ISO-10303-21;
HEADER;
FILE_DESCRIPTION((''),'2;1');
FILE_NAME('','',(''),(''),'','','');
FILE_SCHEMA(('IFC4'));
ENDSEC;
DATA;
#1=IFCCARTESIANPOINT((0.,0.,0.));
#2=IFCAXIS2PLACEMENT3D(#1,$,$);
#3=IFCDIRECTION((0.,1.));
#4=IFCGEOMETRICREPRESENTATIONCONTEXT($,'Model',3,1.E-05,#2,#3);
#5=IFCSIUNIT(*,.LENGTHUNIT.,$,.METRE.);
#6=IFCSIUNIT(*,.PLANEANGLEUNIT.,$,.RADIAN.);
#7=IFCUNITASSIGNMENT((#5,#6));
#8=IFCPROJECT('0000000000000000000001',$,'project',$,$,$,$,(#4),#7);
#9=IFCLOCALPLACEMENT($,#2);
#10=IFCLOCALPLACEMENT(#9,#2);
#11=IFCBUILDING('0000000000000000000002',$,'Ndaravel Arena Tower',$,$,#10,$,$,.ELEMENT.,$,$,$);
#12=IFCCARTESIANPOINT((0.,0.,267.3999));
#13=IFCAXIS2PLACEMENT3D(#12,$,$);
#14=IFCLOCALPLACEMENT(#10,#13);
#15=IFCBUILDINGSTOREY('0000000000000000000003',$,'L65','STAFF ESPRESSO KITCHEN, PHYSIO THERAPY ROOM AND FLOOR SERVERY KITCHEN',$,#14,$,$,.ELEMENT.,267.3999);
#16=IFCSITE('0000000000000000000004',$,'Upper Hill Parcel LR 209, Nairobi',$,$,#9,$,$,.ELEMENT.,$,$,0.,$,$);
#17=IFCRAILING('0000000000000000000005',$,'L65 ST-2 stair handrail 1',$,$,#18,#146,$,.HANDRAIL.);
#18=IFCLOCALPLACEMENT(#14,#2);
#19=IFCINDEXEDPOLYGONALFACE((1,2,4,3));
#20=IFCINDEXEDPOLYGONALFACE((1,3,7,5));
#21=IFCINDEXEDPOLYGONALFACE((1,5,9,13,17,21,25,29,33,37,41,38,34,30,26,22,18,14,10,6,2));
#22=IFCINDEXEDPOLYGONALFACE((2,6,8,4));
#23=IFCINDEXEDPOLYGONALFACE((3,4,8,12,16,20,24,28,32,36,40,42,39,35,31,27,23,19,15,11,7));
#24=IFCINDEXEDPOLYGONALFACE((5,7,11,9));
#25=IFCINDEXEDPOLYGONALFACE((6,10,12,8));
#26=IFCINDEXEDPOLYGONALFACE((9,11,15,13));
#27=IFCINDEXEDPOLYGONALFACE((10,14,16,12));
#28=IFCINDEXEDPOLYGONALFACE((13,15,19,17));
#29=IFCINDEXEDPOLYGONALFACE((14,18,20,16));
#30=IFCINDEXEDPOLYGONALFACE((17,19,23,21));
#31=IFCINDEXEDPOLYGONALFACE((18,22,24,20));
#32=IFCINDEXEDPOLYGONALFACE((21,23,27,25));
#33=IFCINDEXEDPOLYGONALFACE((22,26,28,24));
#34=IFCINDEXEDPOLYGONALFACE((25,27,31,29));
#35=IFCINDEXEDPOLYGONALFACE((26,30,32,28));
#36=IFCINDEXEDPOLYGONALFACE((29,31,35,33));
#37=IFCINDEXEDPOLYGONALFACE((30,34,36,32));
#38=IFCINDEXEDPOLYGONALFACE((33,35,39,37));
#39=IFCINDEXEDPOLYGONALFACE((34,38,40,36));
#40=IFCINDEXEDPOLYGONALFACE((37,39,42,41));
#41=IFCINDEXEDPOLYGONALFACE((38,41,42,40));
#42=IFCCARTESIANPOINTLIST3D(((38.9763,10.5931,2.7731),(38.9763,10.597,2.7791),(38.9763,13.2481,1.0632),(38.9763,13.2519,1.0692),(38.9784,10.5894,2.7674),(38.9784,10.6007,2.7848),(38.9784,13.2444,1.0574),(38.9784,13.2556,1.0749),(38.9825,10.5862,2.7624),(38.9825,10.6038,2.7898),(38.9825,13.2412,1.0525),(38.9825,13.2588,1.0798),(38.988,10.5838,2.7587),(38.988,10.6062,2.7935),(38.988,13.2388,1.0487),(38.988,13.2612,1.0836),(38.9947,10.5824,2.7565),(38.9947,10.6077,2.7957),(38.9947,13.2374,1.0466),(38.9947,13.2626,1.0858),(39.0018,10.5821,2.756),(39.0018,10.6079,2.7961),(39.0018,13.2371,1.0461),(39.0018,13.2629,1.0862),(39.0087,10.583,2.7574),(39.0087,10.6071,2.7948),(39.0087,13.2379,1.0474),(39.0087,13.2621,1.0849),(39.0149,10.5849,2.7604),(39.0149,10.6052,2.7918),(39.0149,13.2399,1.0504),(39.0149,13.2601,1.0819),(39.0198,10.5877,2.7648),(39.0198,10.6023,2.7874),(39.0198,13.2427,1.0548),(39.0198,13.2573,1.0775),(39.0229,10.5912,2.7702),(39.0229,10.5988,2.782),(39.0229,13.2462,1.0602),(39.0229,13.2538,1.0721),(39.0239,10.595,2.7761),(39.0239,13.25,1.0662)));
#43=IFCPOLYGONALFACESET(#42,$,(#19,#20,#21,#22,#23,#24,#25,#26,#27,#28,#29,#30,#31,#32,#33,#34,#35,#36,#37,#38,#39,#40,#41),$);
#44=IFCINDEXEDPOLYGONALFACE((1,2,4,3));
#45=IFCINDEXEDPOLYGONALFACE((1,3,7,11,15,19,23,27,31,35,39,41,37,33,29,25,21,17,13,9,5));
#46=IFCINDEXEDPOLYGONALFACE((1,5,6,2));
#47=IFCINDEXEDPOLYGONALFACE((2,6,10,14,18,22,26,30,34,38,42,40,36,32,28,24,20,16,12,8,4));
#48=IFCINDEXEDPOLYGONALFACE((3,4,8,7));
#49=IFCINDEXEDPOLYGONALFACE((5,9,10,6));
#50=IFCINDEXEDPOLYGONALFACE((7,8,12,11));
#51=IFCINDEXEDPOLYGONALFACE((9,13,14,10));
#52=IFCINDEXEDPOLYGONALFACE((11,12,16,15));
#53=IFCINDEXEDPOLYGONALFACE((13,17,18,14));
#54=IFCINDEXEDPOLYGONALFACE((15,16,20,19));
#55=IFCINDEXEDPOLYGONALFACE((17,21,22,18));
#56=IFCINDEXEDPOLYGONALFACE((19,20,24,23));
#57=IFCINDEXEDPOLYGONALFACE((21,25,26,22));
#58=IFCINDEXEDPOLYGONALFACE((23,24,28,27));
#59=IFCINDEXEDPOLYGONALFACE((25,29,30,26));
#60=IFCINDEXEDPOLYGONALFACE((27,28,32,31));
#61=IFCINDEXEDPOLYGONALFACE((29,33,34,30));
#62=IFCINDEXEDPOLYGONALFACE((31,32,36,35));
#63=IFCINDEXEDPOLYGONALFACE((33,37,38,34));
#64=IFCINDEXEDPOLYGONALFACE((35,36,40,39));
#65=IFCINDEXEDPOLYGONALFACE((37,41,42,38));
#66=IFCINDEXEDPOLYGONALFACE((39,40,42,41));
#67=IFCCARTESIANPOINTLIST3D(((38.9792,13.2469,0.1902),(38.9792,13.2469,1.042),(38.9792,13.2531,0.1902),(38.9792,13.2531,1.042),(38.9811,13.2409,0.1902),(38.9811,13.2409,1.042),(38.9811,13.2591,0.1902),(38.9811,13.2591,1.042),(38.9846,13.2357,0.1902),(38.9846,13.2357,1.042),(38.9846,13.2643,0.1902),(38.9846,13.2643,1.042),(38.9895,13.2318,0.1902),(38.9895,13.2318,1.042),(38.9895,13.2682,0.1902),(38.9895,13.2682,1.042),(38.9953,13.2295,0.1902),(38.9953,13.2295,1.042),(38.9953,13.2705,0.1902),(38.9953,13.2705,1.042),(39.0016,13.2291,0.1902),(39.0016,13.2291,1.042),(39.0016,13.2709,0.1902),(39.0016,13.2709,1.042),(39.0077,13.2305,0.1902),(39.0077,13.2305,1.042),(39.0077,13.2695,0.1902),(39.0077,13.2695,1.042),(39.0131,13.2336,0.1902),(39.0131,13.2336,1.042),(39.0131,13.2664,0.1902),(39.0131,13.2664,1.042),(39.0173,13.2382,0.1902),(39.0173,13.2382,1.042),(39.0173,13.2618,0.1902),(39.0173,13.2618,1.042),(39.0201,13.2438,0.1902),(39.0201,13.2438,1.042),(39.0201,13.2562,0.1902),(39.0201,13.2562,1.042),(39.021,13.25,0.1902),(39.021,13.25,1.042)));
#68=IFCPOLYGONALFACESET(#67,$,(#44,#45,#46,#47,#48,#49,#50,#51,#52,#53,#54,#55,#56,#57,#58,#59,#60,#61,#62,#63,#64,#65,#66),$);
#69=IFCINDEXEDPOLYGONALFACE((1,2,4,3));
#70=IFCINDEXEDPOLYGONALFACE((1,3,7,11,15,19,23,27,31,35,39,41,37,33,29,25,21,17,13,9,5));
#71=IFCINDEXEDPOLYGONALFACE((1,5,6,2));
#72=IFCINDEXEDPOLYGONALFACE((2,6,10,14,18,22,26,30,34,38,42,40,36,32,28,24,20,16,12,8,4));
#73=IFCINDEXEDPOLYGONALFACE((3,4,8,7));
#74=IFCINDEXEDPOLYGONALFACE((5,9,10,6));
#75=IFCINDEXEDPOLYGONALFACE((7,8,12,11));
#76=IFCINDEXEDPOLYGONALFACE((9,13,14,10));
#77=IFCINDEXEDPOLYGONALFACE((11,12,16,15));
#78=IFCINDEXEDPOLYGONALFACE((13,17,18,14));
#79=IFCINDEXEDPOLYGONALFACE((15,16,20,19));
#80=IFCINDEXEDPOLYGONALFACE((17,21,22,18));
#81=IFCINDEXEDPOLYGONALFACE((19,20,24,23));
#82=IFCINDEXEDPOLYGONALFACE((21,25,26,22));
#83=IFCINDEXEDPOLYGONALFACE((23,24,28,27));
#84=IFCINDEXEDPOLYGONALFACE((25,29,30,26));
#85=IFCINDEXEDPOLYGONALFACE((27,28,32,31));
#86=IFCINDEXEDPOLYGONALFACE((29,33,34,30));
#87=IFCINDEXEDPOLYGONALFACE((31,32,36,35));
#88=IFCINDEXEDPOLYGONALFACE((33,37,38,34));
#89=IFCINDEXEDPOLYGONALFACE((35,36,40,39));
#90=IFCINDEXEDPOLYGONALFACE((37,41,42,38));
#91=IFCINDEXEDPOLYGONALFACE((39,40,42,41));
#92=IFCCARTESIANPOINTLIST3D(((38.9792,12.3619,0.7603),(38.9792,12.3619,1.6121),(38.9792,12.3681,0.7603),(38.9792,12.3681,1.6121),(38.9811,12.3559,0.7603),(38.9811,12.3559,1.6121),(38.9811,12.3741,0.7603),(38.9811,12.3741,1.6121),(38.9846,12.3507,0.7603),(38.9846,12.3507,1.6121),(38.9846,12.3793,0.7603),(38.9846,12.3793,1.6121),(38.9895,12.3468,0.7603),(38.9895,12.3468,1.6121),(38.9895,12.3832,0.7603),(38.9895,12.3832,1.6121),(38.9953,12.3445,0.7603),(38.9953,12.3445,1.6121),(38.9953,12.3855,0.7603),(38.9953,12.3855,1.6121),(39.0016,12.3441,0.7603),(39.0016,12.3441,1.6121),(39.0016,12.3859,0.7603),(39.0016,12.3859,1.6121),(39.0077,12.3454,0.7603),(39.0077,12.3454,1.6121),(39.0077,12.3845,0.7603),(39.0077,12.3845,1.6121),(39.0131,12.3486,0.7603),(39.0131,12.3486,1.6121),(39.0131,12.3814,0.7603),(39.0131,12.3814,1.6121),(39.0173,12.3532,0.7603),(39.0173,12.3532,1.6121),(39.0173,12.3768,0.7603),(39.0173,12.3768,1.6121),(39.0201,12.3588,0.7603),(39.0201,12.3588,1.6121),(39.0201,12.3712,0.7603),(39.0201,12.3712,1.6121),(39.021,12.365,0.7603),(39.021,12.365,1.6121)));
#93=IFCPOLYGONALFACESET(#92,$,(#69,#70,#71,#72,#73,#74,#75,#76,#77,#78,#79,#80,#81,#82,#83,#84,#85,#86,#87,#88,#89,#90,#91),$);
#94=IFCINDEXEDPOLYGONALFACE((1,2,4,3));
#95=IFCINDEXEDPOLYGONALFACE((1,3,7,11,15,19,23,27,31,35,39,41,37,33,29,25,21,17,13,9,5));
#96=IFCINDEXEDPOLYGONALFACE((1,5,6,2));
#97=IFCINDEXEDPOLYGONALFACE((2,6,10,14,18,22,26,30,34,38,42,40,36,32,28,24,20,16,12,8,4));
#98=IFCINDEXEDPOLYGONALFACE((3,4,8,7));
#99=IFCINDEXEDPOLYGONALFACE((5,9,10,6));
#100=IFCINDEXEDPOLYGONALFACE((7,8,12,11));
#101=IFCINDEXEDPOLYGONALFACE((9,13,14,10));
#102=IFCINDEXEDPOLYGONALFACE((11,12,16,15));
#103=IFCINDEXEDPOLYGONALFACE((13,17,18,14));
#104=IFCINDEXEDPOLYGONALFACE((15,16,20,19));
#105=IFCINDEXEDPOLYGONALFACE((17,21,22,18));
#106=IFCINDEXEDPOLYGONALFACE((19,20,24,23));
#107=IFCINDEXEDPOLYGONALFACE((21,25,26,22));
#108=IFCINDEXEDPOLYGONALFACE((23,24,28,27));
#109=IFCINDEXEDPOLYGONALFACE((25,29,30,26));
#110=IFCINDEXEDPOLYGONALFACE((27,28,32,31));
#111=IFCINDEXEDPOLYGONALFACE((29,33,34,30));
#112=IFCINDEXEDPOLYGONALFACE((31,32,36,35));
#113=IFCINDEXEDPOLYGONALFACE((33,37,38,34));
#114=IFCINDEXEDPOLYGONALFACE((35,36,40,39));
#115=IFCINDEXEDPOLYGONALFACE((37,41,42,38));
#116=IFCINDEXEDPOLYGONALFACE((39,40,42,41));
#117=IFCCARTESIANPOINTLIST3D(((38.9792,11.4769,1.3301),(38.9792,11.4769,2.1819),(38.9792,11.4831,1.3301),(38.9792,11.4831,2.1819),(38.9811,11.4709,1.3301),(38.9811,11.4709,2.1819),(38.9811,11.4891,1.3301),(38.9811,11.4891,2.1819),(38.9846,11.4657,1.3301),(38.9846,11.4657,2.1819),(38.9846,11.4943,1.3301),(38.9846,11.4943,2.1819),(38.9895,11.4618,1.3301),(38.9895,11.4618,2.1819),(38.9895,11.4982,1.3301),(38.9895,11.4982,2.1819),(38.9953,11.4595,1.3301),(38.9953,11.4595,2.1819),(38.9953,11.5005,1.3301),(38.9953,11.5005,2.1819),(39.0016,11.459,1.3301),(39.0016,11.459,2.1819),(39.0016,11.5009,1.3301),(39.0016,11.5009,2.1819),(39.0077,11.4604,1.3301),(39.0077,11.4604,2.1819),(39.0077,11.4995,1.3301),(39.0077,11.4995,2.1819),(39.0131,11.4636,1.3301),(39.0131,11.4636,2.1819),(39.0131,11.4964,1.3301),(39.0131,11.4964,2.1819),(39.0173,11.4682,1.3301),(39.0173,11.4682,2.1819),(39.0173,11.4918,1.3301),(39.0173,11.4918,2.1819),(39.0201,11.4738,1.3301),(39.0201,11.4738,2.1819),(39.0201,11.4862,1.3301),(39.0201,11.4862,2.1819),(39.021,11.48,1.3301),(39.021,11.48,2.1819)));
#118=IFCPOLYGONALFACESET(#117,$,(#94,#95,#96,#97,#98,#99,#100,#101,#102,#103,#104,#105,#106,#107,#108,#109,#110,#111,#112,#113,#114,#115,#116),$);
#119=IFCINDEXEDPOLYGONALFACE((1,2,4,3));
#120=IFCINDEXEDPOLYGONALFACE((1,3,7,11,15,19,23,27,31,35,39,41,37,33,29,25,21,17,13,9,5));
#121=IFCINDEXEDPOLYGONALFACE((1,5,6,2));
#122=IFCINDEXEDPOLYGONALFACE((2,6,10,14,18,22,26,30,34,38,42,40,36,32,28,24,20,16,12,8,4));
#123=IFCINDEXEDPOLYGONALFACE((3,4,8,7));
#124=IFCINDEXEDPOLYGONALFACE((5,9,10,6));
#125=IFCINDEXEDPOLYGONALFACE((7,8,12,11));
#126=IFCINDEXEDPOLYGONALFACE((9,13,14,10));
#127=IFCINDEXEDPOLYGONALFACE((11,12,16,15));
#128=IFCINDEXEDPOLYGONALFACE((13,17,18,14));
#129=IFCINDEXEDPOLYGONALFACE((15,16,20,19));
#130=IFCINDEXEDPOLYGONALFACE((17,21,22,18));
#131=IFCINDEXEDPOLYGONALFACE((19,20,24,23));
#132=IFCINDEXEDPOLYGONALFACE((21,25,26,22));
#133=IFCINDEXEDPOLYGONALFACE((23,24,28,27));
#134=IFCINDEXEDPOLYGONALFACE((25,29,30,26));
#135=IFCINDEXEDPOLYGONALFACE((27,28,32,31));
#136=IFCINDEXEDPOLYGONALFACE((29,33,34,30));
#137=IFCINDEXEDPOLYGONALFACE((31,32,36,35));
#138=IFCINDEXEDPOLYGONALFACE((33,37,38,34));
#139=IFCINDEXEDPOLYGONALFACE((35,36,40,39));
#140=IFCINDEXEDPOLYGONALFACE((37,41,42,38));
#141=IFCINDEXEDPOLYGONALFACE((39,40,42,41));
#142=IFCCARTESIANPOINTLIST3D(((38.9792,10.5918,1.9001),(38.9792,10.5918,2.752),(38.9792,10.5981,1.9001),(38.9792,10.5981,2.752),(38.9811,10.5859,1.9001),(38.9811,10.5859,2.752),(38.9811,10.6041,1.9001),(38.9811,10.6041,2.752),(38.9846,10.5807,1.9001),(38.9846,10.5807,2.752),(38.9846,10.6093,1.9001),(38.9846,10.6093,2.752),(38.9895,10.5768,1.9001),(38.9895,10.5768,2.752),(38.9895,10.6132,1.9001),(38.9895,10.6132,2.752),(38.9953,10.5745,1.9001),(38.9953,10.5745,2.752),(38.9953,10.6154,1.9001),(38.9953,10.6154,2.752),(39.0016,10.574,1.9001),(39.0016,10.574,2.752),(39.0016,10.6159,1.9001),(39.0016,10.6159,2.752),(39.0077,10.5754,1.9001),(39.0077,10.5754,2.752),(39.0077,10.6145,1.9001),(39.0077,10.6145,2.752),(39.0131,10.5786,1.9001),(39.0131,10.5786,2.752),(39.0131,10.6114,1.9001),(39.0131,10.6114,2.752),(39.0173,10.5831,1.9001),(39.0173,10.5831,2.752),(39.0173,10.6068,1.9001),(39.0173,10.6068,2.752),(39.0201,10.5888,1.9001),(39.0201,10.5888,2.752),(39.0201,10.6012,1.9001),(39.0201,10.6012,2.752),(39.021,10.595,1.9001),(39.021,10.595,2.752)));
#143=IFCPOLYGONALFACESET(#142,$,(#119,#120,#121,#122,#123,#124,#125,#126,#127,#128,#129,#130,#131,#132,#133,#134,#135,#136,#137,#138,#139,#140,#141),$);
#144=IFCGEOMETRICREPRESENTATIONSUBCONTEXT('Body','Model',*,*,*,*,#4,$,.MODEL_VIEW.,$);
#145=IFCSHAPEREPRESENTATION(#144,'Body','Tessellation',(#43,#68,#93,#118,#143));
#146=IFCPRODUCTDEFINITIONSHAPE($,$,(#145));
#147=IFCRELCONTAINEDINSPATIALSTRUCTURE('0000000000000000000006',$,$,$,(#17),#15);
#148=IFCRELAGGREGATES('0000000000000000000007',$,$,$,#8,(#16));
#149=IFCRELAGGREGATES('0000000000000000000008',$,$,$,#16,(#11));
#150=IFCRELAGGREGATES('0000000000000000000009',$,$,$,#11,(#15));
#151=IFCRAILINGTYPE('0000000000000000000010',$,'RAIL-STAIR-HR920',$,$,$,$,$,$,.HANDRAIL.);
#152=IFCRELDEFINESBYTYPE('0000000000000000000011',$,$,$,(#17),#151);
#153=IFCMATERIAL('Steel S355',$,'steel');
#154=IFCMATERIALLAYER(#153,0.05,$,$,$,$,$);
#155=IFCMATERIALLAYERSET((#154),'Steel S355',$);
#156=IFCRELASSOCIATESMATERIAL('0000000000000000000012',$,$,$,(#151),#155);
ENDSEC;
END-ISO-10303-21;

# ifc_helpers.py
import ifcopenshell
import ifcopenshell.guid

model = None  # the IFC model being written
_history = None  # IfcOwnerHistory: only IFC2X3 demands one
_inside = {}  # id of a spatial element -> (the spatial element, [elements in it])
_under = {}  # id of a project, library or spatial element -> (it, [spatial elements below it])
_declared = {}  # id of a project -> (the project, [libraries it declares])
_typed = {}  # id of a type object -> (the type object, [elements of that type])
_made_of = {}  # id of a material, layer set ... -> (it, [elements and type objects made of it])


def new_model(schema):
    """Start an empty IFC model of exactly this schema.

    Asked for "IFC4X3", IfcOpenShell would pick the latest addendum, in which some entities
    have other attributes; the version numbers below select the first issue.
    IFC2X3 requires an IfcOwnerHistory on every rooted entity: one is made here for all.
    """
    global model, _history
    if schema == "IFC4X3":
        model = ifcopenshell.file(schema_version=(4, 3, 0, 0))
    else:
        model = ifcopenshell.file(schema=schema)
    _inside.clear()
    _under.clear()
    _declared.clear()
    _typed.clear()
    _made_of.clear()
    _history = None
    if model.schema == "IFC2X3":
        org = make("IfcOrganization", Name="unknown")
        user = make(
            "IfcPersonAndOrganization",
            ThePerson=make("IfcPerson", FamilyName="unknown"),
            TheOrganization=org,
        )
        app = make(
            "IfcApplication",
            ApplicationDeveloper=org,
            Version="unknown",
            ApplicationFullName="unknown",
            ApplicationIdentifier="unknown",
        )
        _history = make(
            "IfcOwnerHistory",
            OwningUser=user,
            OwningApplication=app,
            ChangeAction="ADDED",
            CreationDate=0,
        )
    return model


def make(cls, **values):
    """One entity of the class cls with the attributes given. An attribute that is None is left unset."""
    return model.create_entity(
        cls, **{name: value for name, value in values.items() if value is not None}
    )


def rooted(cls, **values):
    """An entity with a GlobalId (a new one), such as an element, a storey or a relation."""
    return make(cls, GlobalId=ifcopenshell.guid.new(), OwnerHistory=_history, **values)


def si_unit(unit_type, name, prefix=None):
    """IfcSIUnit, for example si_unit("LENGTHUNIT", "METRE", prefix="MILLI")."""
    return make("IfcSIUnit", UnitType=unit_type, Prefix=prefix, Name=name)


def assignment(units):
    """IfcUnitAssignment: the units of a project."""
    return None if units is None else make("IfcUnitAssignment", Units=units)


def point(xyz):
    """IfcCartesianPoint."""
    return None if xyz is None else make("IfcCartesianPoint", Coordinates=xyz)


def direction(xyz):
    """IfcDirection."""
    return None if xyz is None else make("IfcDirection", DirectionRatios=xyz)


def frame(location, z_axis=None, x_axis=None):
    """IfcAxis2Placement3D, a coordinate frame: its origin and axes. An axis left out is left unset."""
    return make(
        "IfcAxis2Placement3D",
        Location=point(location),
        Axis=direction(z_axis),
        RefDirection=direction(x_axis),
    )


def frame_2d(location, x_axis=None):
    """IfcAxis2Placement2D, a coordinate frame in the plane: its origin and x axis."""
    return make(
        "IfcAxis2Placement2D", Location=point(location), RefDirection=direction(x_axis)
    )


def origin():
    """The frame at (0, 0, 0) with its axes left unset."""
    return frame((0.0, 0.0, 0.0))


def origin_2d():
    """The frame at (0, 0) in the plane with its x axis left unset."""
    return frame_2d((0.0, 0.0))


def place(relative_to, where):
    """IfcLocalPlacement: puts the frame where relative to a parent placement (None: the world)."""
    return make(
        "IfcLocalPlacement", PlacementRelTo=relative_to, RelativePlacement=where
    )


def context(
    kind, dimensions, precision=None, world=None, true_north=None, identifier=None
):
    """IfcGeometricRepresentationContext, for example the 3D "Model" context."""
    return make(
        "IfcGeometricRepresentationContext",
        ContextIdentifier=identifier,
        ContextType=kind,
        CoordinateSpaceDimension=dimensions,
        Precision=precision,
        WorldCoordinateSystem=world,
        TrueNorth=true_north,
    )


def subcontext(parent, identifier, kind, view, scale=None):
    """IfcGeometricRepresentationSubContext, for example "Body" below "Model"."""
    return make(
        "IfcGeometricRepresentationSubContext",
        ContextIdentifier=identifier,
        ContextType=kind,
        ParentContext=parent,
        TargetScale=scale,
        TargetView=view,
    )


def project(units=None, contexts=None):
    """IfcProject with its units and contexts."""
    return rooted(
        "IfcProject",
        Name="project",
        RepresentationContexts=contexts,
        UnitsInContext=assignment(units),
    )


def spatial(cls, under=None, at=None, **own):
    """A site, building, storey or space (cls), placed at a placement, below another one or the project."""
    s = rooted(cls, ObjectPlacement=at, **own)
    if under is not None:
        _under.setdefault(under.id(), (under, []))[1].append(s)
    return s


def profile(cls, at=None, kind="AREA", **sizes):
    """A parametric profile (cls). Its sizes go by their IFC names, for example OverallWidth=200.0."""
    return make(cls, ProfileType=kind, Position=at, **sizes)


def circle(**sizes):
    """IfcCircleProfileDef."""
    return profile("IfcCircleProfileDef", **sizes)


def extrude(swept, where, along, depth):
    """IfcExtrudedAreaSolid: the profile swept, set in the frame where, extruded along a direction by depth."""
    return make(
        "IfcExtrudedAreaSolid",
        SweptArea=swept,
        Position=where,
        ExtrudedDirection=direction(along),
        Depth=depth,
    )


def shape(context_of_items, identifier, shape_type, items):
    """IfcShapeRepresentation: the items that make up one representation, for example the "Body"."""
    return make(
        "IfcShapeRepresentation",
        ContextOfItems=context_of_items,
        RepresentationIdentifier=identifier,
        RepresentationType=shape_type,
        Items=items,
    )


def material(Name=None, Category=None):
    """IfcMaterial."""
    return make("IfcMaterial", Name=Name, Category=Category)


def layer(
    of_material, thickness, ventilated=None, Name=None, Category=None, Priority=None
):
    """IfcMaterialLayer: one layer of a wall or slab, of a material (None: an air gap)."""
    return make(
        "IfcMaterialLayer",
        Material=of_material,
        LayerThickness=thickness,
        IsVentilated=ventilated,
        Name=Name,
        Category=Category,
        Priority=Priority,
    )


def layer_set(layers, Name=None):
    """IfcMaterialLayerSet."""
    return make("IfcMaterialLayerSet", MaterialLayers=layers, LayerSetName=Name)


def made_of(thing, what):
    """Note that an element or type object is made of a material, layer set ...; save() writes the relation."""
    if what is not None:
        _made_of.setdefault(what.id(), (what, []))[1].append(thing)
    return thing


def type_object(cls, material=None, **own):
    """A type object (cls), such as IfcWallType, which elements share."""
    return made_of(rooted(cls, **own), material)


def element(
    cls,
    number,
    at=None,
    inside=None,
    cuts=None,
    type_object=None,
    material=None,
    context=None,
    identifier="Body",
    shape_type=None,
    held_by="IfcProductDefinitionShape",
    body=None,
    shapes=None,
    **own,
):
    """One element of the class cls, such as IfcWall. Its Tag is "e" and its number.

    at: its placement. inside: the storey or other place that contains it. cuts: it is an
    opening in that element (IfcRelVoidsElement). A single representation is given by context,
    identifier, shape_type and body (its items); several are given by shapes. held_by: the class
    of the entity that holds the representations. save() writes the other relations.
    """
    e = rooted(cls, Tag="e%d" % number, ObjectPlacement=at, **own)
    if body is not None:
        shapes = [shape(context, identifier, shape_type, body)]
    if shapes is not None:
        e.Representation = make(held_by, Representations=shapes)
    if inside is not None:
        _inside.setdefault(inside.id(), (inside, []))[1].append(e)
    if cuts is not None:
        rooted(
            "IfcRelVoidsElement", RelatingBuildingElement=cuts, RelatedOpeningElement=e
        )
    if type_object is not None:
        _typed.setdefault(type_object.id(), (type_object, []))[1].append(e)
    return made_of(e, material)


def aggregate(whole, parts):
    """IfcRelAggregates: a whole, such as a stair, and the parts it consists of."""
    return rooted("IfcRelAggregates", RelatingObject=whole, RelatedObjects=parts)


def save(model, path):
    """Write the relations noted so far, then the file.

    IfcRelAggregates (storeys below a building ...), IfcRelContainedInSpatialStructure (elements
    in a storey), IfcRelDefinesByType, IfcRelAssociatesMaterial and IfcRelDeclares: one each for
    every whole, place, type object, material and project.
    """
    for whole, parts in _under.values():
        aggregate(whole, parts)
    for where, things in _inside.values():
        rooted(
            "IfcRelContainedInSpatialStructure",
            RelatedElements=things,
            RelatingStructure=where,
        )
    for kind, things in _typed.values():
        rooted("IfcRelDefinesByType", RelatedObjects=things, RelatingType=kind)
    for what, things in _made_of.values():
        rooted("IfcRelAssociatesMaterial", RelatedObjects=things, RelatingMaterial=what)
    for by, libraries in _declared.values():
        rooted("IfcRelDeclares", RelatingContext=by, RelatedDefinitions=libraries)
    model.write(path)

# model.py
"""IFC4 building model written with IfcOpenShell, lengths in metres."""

from ifc_helpers import new_model, si_unit, direction, frame, origin, origin_2d, place, context, subcontext, project, spatial, circle, extrude, material, layer, layer_set, type_object, element, save


model = new_model("IFC4")

# Units and contexts
model_context = context("Model", 3, precision=1e-05, world=origin(), true_north=direction((0.0, 1.0)))
body_context = subcontext(model_context, "Body", "Model", "MODEL_VIEW")
ifc_project = project(units=[si_unit("LENGTHUNIT", "METRE"), si_unit("PLANEANGLEUNIT", "RADIAN")], contexts=[model_context])

# Site, building, storey
site_placement = place(None, origin())
site = spatial("IfcSite", under=ifc_project, at=site_placement, Name="Upper Hill Parcel LR 209, Nairobi", CompositionType="ELEMENT", RefElevation=0.0)
building_placement = place(site_placement, origin())
building = spatial("IfcBuilding", under=site, at=building_placement, Name="Ndaravel Arena Tower", CompositionType="ELEMENT")
storey_placement = place(building_placement, frame((0.0, 0.0, 267.3999)))
storey = spatial("IfcBuildingStorey", under=building, at=storey_placement, Name="L65", Description="STAFF ESPRESSO KITCHEN, PHYSIO THERAPY ROOM AND FLOOR SERVERY KITCHEN", CompositionType="ELEMENT", Elevation=267.3999)

# Railing
ifc_material_1 = material(Name="Steel S355", Category="steel")
ifc_layer_1 = layer(ifc_material_1, 0.05)
ifc_layer_set_1 = layer_set([ifc_layer_1], Name="Steel S355")
railing_type_1 = type_object("IfcRailingType", Name="RAIL-STAIR-HR920", PredefinedType="HANDRAIL", material=ifc_layer_set_1)
railing_1_placement = place(storey_placement, frame((39.0, 13.25, 0.1902)))
element("IfcRailing", 1, at=railing_1_placement, inside=storey, type_object=railing_type_1, Name="L65 ST-2 stair handrail 1", PredefinedType="HANDRAIL", context=body_context, shape_type="SweptSolid", body=[
    extrude(circle(Radius=0.0239, at=origin_2d()), frame((0.0, 0.0, 0.876), z_axis=(0.0, -0.840724, 0.541465), x_axis=(1.0, 0.0, 0.0)), (0.0, 0.0, 1.0), 3.158),
    extrude(circle(Radius=0.021, at=origin_2d()), origin(), (0.0, 0.0, 1.0), 0.8518),
    extrude(circle(Radius=0.021, at=origin_2d()), frame((0.0, -0.885, 0.5701)), (0.0, 0.0, 1.0), 0.8518),
    extrude(circle(Radius=0.021, at=origin_2d()), frame((0.0, -1.77, 1.1399)), (0.0, 0.0, 1.0), 0.8518),
    extrude(circle(Radius=0.021, at=origin_2d()), frame((0.0, -2.655, 1.71)), (0.0, 0.0, 1.0), 0.8518),
])

save(model, "model.ifc")
